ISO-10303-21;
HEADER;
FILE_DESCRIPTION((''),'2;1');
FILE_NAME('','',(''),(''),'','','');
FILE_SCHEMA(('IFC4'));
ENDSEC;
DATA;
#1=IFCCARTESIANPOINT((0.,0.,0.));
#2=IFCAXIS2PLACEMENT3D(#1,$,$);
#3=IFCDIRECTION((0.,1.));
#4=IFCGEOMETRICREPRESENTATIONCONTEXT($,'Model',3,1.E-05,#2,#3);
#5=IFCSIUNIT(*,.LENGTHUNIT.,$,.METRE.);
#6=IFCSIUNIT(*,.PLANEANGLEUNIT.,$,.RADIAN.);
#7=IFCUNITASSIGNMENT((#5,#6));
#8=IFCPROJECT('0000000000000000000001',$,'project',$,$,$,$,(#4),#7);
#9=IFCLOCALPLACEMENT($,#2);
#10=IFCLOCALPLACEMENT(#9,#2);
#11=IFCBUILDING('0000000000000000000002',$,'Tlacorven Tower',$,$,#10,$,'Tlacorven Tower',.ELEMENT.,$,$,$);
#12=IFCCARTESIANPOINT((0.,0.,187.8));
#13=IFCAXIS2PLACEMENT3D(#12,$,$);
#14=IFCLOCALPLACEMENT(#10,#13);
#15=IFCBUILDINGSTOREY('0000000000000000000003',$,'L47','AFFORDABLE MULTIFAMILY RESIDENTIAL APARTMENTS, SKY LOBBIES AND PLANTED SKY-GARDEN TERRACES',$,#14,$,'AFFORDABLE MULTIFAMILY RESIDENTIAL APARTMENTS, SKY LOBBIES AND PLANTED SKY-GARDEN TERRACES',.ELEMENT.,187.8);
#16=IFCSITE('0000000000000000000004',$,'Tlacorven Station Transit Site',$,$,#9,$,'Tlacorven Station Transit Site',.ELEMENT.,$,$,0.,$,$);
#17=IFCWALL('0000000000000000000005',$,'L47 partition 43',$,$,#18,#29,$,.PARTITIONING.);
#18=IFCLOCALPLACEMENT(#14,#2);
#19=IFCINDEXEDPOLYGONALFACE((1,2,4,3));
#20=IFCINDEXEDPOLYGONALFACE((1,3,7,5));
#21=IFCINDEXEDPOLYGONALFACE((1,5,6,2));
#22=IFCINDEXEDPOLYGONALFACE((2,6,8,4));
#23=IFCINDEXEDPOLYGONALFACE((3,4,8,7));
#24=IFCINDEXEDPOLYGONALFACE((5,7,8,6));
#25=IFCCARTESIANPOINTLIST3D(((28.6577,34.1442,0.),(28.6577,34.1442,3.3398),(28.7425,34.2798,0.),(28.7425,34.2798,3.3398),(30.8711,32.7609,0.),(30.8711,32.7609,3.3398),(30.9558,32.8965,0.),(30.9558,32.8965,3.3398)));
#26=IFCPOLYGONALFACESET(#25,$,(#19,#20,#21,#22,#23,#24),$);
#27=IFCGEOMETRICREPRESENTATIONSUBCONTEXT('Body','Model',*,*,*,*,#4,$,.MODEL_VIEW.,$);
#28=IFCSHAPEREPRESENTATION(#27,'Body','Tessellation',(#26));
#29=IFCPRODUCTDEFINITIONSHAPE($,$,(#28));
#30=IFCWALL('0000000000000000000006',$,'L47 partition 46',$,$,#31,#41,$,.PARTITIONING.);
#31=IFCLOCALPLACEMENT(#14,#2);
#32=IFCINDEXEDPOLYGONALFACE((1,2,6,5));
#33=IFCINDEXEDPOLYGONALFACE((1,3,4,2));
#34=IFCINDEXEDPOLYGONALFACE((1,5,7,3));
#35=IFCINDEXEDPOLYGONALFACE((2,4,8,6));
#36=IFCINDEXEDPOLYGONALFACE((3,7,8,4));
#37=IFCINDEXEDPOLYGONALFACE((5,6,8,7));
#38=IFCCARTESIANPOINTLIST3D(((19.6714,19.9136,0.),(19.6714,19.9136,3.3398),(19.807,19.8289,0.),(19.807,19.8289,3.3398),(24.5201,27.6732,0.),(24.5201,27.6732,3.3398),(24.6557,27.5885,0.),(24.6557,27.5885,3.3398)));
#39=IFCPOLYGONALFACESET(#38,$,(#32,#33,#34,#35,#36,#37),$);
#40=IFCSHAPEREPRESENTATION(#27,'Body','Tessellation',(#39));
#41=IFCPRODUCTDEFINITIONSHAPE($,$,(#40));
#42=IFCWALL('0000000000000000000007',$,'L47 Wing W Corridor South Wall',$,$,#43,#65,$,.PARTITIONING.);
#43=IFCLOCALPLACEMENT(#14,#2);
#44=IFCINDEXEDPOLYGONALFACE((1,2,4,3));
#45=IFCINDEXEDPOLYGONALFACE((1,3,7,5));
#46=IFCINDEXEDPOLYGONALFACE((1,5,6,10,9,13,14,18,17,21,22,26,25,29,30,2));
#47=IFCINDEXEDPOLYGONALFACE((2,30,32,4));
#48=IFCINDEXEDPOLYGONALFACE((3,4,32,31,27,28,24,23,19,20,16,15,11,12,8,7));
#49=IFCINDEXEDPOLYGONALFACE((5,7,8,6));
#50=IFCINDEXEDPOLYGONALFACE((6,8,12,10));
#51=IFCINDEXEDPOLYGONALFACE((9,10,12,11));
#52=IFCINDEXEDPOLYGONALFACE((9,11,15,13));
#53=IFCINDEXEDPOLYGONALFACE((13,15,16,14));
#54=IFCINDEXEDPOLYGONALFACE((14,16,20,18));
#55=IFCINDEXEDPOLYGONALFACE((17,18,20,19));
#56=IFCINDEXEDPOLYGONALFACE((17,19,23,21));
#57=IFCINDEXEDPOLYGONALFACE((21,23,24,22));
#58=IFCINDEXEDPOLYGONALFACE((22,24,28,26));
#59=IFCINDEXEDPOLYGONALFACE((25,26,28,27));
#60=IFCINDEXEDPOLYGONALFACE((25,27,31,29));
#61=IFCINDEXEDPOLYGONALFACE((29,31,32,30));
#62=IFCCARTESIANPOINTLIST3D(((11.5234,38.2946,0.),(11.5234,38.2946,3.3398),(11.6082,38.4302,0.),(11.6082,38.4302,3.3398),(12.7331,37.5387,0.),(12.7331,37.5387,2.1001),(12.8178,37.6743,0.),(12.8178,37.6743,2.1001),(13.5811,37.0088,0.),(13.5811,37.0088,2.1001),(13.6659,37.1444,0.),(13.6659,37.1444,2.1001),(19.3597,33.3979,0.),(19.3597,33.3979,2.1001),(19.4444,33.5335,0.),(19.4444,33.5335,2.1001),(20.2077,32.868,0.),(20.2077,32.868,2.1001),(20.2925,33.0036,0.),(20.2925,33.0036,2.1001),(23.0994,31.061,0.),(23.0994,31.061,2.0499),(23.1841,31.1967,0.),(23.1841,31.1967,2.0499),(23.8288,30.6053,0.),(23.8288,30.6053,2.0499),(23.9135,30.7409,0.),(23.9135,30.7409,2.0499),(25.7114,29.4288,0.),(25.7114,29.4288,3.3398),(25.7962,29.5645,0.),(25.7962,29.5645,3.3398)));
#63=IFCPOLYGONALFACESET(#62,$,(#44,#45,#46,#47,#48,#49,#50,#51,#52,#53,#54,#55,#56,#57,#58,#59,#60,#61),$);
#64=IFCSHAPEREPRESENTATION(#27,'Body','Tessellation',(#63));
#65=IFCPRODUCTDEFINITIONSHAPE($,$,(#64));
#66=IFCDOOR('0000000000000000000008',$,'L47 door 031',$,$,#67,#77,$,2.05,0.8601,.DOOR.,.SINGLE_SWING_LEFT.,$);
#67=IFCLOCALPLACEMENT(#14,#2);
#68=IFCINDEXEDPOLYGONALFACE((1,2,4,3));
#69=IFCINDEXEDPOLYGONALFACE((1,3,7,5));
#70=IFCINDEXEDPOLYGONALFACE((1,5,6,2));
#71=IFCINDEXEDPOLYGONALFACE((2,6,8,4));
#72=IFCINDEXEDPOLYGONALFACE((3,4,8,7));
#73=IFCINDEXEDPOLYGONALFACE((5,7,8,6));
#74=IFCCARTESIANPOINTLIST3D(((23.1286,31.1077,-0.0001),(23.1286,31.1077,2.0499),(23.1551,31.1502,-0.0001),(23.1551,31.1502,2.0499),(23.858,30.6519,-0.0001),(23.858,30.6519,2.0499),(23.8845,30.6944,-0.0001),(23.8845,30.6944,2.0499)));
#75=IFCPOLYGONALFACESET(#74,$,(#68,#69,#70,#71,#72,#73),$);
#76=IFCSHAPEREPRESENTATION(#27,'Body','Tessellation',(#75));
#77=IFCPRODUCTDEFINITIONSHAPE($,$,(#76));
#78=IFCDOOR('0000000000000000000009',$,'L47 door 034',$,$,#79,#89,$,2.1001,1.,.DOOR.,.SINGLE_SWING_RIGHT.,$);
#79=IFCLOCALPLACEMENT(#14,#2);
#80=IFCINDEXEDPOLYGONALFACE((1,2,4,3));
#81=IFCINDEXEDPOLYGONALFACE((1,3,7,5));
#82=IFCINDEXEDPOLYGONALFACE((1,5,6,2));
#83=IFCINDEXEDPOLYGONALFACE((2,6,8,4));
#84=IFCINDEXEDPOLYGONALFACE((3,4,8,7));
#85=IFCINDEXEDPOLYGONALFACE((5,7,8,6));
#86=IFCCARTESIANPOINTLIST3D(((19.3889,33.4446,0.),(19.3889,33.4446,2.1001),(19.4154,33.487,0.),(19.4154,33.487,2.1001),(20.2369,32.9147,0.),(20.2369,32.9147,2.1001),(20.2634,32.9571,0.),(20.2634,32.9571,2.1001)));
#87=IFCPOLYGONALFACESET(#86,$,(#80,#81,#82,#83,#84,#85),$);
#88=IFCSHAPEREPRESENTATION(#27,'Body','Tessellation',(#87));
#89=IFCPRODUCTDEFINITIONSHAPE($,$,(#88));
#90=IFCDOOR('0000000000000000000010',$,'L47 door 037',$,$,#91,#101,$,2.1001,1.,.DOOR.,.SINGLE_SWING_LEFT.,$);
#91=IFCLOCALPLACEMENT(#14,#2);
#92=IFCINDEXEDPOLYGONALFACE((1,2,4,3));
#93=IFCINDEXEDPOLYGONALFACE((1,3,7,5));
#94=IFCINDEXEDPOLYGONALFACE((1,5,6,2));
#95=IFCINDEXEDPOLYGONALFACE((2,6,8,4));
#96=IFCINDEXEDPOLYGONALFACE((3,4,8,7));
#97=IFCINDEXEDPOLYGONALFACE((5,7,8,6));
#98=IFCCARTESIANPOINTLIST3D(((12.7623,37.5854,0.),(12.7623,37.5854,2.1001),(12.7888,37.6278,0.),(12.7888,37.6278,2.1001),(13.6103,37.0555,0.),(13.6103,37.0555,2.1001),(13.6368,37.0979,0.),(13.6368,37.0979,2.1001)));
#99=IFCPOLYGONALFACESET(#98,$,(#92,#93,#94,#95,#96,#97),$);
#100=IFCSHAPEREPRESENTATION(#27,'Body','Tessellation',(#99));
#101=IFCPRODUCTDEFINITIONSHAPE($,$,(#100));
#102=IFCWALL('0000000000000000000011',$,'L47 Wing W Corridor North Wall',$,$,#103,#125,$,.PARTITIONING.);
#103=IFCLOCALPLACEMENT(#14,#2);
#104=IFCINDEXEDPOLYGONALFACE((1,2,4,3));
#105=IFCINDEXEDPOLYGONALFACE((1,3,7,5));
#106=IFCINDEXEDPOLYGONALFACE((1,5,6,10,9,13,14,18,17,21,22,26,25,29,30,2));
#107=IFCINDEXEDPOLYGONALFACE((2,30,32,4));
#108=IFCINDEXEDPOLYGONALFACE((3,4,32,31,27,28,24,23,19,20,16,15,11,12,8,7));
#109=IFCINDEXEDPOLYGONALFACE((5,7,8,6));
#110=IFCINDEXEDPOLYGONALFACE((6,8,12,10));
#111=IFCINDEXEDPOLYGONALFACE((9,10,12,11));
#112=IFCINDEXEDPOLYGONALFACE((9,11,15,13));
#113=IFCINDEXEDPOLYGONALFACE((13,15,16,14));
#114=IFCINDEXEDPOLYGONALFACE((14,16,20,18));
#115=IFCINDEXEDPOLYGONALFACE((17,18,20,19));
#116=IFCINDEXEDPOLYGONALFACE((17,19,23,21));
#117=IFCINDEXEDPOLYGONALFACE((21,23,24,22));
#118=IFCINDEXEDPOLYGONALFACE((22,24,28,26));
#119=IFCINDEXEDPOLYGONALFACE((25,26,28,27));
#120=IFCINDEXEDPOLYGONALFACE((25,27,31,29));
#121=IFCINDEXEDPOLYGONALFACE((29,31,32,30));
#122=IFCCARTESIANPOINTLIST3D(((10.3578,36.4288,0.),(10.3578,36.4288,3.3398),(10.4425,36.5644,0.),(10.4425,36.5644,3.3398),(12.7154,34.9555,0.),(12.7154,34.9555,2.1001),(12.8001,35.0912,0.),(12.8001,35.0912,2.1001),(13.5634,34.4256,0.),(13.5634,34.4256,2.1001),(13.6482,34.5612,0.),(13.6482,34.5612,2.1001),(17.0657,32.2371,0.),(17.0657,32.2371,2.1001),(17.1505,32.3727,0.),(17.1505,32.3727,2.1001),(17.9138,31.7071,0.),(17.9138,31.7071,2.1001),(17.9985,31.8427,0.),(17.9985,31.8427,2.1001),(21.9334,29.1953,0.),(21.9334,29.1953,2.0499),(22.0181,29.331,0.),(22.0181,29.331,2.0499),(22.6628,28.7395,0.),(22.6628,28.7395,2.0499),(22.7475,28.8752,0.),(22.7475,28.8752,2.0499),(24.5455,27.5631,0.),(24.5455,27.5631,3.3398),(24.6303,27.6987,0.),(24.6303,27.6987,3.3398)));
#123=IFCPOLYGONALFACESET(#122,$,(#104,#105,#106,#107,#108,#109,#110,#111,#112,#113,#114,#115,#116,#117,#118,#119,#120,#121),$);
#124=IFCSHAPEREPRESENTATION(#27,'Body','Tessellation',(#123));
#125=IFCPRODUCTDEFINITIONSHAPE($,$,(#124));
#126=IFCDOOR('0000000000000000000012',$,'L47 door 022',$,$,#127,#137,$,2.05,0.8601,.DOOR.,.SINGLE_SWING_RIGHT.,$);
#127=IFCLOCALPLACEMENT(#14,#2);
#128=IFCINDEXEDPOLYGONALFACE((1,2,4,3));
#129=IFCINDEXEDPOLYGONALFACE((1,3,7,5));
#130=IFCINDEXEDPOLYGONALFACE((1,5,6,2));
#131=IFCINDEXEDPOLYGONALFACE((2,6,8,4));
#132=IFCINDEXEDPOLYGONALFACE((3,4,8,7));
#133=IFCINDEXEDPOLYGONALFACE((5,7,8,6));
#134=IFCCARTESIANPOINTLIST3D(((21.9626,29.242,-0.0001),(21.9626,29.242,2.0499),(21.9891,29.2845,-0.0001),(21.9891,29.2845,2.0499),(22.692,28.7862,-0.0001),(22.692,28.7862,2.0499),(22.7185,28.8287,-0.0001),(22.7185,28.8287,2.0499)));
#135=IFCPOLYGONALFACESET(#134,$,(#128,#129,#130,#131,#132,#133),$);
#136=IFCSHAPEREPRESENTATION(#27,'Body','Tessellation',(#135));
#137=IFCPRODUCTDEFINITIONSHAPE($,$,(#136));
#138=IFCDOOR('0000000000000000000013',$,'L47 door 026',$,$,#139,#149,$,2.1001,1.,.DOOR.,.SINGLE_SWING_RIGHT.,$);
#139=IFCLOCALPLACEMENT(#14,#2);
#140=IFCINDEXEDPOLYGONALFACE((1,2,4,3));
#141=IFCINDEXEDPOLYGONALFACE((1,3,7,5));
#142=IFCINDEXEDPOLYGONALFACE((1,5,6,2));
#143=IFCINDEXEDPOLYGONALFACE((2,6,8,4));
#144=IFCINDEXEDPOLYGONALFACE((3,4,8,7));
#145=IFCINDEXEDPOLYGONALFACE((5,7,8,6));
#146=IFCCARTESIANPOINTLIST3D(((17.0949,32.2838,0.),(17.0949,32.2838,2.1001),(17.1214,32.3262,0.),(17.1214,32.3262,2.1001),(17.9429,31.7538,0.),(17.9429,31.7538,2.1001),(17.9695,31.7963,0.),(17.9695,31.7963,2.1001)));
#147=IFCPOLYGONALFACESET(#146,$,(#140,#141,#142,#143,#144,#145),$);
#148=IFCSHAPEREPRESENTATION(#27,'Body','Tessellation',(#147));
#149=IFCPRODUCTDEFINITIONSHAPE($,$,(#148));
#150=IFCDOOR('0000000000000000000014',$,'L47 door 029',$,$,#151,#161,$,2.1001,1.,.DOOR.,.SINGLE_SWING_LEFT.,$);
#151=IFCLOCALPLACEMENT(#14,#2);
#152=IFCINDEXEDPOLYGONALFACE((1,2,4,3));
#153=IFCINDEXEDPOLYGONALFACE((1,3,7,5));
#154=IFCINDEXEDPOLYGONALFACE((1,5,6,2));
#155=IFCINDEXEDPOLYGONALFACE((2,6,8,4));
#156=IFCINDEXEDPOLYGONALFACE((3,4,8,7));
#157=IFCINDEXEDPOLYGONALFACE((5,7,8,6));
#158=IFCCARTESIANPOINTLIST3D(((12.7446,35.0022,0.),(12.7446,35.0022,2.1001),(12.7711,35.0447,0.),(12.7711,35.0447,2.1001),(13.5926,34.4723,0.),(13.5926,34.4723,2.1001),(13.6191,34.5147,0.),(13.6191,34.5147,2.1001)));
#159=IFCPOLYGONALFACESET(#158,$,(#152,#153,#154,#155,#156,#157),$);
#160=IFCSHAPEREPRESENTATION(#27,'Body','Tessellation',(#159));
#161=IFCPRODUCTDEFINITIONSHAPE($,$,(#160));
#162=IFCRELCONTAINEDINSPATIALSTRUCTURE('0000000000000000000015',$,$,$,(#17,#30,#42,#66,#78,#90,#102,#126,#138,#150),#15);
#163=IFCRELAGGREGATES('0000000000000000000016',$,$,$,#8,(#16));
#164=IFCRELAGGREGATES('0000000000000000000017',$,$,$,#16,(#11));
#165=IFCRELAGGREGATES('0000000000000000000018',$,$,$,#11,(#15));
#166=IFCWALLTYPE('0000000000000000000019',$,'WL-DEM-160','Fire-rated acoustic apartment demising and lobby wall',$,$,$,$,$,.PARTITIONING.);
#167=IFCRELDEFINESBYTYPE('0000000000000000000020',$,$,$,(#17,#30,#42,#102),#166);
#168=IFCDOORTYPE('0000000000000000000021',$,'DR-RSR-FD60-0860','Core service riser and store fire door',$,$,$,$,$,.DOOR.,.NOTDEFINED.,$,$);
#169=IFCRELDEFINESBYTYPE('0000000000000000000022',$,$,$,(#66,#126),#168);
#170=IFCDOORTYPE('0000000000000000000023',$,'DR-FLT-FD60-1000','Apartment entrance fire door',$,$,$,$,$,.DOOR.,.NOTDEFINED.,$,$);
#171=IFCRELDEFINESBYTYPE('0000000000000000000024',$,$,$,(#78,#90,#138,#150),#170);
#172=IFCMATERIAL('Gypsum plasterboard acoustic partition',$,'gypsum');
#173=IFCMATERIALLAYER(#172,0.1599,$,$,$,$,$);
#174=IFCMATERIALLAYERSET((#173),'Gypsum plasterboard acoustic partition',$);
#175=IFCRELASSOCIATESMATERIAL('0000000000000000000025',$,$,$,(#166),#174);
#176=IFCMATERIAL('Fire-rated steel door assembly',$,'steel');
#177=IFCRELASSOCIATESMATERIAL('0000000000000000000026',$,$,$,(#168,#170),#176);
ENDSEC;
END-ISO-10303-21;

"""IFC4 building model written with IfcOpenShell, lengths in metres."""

from ifc_helpers import new_model, si_unit, direction, frame, frame_2d, origin, place, context, subcontext, project, spatial, rectangle, extrude, source, transform, mapped, material, layer, layer_set, type_object, element, fill, save


model = new_model("IFC4")

# Units and contexts
model_context = context("Model", 3, precision=1e-05, world=origin(), true_north=direction((0.0, 1.0)))
body_context = subcontext(model_context, "Body", "Model", "MODEL_VIEW")
ifc_project = project(units=[si_unit("LENGTHUNIT", "METRE"), si_unit("PLANEANGLEUNIT", "RADIAN")], contexts=[model_context])

# Site, building, storey
site_placement = place(None, origin())
site = spatial("IfcSite", under=ifc_project, at=site_placement, Name="Tlacorven Station Transit Site", LongName="Tlacorven Station Transit Site", CompositionType="ELEMENT", RefElevation=0.0)
building_placement = place(site_placement, origin())
building = spatial("IfcBuilding", under=site, at=building_placement, Name="Tlacorven Tower", LongName="Tlacorven Tower", CompositionType="ELEMENT")
storey_placement = place(building_placement, frame((0.0, 0.0, 187.8)))
storey = spatial("IfcBuildingStorey", under=building, at=storey_placement, Name="L47", Description="AFFORDABLE MULTIFAMILY RESIDENTIAL APARTMENTS, SKY LOBBIES AND PLANTED SKY-GARDEN TERRACES", LongName="AFFORDABLE MULTIFAMILY RESIDENTIAL APARTMENTS, SKY LOBBIES AND PLANTED SKY-GARDEN TERRACES", CompositionType="ELEMENT", Elevation=187.8)

# Walls
ifc_material_1 = material(Name="Gypsum plasterboard acoustic partition", Category="gypsum")
ifc_layer_1 = layer(ifc_material_1, 0.1599)
ifc_layer_set_1 = layer_set([ifc_layer_1], Name="Gypsum plasterboard acoustic partition")
wall_type_1 = type_object("IfcWallType", Name="WL-DEM-160", Description="Fire-rated acoustic apartment demising and lobby wall", PredefinedType="PARTITIONING", material=ifc_layer_set_1)
wall_1_placement = place(storey_placement, frame((30.9136, 32.8286, 0.0), z_axis=(0.0, 0.0, 1.0), x_axis=(-0.848009, 0.529982, 0.0)))
element("IfcWall", 1, at=wall_1_placement, inside=storey, type_object=wall_type_1, Name="L47 partition 43", PredefinedType="PARTITIONING", context=body_context, shape_type="SweptSolid", body=[
    extrude(rectangle(XDim=2.6101, YDim=0.1599, at=frame_2d((1.3052, 0.0))), origin(), (0.0, 0.0, 1.0), 3.3398),
])
wall_2_placement = place(storey_placement, frame((24.5879, 27.6309, 0.0), z_axis=(0.0, 0.0, 1.0), x_axis=(-0.529915, -0.848051, 0.0)))
element("IfcWall", 2, at=wall_2_placement, inside=storey, type_object=wall_type_1, Name="L47 partition 46", PredefinedType="PARTITIONING", context=body_context, shape_type="SweptSolid", body=[
    extrude(rectangle(XDim=9.1499, YDim=0.1599, at=frame_2d((4.575, 0.0))), origin(), (0.0, 0.0, 1.0), 3.3398),
])

# Walls, openings, doors
wall_3_placement = place(storey_placement, frame((25.7539, 29.4966, 0.0), z_axis=(0.0, 0.0, 1.0), x_axis=(-0.848046, 0.529923, 0.0)))
wall_3 = element("IfcWall", 3, at=wall_3_placement, inside=storey, type_object=wall_type_1, Name="L47 Wing W Corridor South Wall", PredefinedType="PARTITIONING", context=body_context, shape_type="SweptSolid", body=[
    extrude(rectangle(XDim=16.7302, YDim=0.1599, at=frame_2d((8.3652, 0.0))), origin(), (0.0, 0.0, 1.0), 3.3398),
])
opening_1_placement = place(wall_3_placement, frame((2.22, 0.0, 0.0)))
opening_1 = element("IfcOpeningElement", 4, at=opening_1_placement, cuts=wall_3, PredefinedType="OPENING", context=body_context, shape_type="SweptSolid", body=[
    extrude(rectangle(XDim=0.8601, YDim=2.05, at=frame_2d((0.4302, 1.0249))), frame((0.0, 0.0898, 0.0), z_axis=(0.0, -1.0, 0.0), x_axis=(1.0, 0.0, 0.0)), (0.0, 0.0, 1.0), 0.1799),
])
opening_2_placement = place(wall_3_placement, frame((6.49, 0.0, 0.0)))
opening_2 = element("IfcOpeningElement", 5, at=opening_2_placement, cuts=wall_3, PredefinedType="OPENING", context=body_context, shape_type="SweptSolid", body=[
    extrude(rectangle(XDim=1.0, YDim=2.1001, at=frame_2d((0.5, 1.05))), frame((0.0, 0.0898, 0.0), z_axis=(0.0, -1.0, 0.0), x_axis=(1.0, 0.0, 0.0)), (0.0, 0.0, 1.0), 0.1799),
])
opening_3_placement = place(wall_3_placement, frame((14.304, 0.0, 0.0)))
opening_3 = element("IfcOpeningElement", 6, at=opening_3_placement, cuts=wall_3, PredefinedType="OPENING", context=body_context, shape_type="SweptSolid", body=[
    extrude(rectangle(XDim=1.0, YDim=2.1001, at=frame_2d((0.5, 1.05))), frame((0.0, 0.0898, 0.0), z_axis=(0.0, -1.0, 0.0), x_axis=(1.0, 0.0, 0.0)), (0.0, 0.0, 1.0), 0.1799),
])
ifc_material_2 = material(Name="Fire-rated steel door assembly", Category="steel")
door_type_1 = type_object("IfcDoorType", Name="DR-RSR-FD60-0860", Description="Core service riser and store fire door", OperationType="NOTDEFINED", PredefinedType="DOOR", material=ifc_material_2)
shared_shape_1 = source(origin(), body_context, "Body", "SweptSolid", [
    extrude(rectangle(XDim=0.8601, YDim=2.05, at=frame_2d((0.4302, 1.0249))), frame((0.0, 0.0249, 0.0), z_axis=(0.0, -1.0, 0.0), x_axis=(1.0, 0.0, 0.0)), (0.0, 0.0, 1.0), 0.05),
])
door_1_placement = place(opening_1_placement, origin())
door_1 = element("IfcDoor", 7, at=door_1_placement, inside=storey, type_object=door_type_1, Name="L47 door 031", OperationType="SINGLE_SWING_LEFT", OverallHeight=2.05, OverallWidth=0.8601, PredefinedType="DOOR", context=body_context, shape_type="MappedRepresentation", body=[
    mapped(shared_shape_1, transform((0.0, 0.0, 0.0), scale=1.0)),
])
fill(opening_1, door_1)
door_type_2 = type_object("IfcDoorType", Name="DR-FLT-FD60-1000", Description="Apartment entrance fire door", OperationType="NOTDEFINED", PredefinedType="DOOR", material=ifc_material_2)
shared_shape_2 = source(origin(), body_context, "Body", "SweptSolid", [
    extrude(rectangle(XDim=1.0, YDim=2.1001, at=frame_2d((0.5, 1.05))), frame((0.0, 0.0249, 0.0), z_axis=(0.0, -1.0, 0.0), x_axis=(1.0, 0.0, 0.0)), (0.0, 0.0, 1.0), 0.05),
])
door_2_placement = place(opening_2_placement, origin())
door_2 = element("IfcDoor", 8, at=door_2_placement, inside=storey, type_object=door_type_2, Name="L47 door 034", OperationType="SINGLE_SWING_RIGHT", OverallHeight=2.1001, OverallWidth=1.0, PredefinedType="DOOR", context=body_context, shape_type="MappedRepresentation", body=[
    mapped(shared_shape_2, transform((0.0, 0.0, 0.0), scale=1.0)),
])
fill(opening_2, door_2)
door_3_placement = place(opening_3_placement, origin())
door_3 = element("IfcDoor", 9, at=door_3_placement, inside=storey, type_object=door_type_2, Name="L47 door 037", OperationType="SINGLE_SWING_LEFT", OverallHeight=2.1001, OverallWidth=1.0, PredefinedType="DOOR", context=body_context, shape_type="MappedRepresentation", body=[
    mapped(shared_shape_2, transform((0.0, 0.0, 0.0), scale=1.0)),
])
fill(opening_3, door_3)
wall_4_placement = place(storey_placement, frame((24.5879, 27.6309, 0.0), z_axis=(0.0, 0.0, 1.0), x_axis=(-0.848042, 0.529929, 0.0)))
wall_4 = element("IfcWall", 10, at=wall_4_placement, inside=storey, type_object=wall_type_1, Name="L47 Wing W Corridor North Wall", PredefinedType="PARTITIONING", context=body_context, shape_type="SweptSolid", body=[
    extrude(rectangle(XDim=16.73, YDim=0.1599, at=frame_2d((8.365, 0.0))), origin(), (0.0, 0.0, 1.0), 3.3398),
])
opening_4_placement = place(wall_4_placement, frame((2.22, 0.0, 0.0)))
opening_4 = element("IfcOpeningElement", 11, at=opening_4_placement, cuts=wall_4, PredefinedType="OPENING", context=body_context, shape_type="SweptSolid", body=[
    extrude(rectangle(XDim=0.8601, YDim=2.05, at=frame_2d((0.4302, 1.0249))), frame((0.0, 0.0898, 0.0), z_axis=(0.0, -1.0, 0.0), x_axis=(1.0, 0.0, 0.0)), (0.0, 0.0, 1.0), 0.1799),
])
opening_5_placement = place(wall_4_placement, frame((7.8201, 0.0, 0.0)))
opening_5 = element("IfcOpeningElement", 12, at=opening_5_placement, cuts=wall_4, PredefinedType="OPENING", context=body_context, shape_type="SweptSolid", body=[
    extrude(rectangle(XDim=1.0, YDim=2.1001, at=frame_2d((0.5, 1.05))), frame((0.0, 0.0898, 0.0), z_axis=(0.0, -1.0, 0.0), x_axis=(1.0, 0.0, 0.0)), (0.0, 0.0, 1.0), 0.1799),
])
opening_6_placement = place(wall_4_placement, frame((12.95, 0.0, 0.0)))
opening_6 = element("IfcOpeningElement", 13, at=opening_6_placement, cuts=wall_4, PredefinedType="OPENING", context=body_context, shape_type="SweptSolid", body=[
    extrude(rectangle(XDim=1.0, YDim=2.1001, at=frame_2d((0.5, 1.05))), frame((0.0, 0.0898, 0.0), z_axis=(0.0, -1.0, 0.0), x_axis=(1.0, 0.0, 0.0)), (0.0, 0.0, 1.0), 0.1799),
])
door_4_placement = place(opening_4_placement, origin())
door_4 = element("IfcDoor", 14, at=door_4_placement, inside=storey, type_object=door_type_1, Name="L47 door 022", OperationType="SINGLE_SWING_RIGHT", OverallHeight=2.05, OverallWidth=0.8601, PredefinedType="DOOR", context=body_context, shape_type="MappedRepresentation", body=[
    mapped(shared_shape_1, transform((0.0, 0.0, 0.0), scale=1.0)),
])
fill(opening_4, door_4)
door_5_placement = place(opening_5_placement, origin())
door_5 = element("IfcDoor", 15, at=door_5_placement, inside=storey, type_object=door_type_2, Name="L47 door 026", OperationType="SINGLE_SWING_RIGHT", OverallHeight=2.1001, OverallWidth=1.0, PredefinedType="DOOR", context=body_context, shape_type="MappedRepresentation", body=[
    mapped(shared_shape_2, transform((0.0, 0.0, 0.0), scale=1.0)),
])
fill(opening_5, door_5)
door_6_placement = place(opening_6_placement, origin())
door_6 = element("IfcDoor", 16, at=door_6_placement, inside=storey, type_object=door_type_2, Name="L47 door 029", OperationType="SINGLE_SWING_LEFT", OverallHeight=2.1001, OverallWidth=1.0, PredefinedType="DOOR", context=body_context, shape_type="MappedRepresentation", body=[
    mapped(shared_shape_2, transform((0.0, 0.0, 0.0), scale=1.0)),
])
fill(opening_6, door_6)

save(model, "model.ifc")
